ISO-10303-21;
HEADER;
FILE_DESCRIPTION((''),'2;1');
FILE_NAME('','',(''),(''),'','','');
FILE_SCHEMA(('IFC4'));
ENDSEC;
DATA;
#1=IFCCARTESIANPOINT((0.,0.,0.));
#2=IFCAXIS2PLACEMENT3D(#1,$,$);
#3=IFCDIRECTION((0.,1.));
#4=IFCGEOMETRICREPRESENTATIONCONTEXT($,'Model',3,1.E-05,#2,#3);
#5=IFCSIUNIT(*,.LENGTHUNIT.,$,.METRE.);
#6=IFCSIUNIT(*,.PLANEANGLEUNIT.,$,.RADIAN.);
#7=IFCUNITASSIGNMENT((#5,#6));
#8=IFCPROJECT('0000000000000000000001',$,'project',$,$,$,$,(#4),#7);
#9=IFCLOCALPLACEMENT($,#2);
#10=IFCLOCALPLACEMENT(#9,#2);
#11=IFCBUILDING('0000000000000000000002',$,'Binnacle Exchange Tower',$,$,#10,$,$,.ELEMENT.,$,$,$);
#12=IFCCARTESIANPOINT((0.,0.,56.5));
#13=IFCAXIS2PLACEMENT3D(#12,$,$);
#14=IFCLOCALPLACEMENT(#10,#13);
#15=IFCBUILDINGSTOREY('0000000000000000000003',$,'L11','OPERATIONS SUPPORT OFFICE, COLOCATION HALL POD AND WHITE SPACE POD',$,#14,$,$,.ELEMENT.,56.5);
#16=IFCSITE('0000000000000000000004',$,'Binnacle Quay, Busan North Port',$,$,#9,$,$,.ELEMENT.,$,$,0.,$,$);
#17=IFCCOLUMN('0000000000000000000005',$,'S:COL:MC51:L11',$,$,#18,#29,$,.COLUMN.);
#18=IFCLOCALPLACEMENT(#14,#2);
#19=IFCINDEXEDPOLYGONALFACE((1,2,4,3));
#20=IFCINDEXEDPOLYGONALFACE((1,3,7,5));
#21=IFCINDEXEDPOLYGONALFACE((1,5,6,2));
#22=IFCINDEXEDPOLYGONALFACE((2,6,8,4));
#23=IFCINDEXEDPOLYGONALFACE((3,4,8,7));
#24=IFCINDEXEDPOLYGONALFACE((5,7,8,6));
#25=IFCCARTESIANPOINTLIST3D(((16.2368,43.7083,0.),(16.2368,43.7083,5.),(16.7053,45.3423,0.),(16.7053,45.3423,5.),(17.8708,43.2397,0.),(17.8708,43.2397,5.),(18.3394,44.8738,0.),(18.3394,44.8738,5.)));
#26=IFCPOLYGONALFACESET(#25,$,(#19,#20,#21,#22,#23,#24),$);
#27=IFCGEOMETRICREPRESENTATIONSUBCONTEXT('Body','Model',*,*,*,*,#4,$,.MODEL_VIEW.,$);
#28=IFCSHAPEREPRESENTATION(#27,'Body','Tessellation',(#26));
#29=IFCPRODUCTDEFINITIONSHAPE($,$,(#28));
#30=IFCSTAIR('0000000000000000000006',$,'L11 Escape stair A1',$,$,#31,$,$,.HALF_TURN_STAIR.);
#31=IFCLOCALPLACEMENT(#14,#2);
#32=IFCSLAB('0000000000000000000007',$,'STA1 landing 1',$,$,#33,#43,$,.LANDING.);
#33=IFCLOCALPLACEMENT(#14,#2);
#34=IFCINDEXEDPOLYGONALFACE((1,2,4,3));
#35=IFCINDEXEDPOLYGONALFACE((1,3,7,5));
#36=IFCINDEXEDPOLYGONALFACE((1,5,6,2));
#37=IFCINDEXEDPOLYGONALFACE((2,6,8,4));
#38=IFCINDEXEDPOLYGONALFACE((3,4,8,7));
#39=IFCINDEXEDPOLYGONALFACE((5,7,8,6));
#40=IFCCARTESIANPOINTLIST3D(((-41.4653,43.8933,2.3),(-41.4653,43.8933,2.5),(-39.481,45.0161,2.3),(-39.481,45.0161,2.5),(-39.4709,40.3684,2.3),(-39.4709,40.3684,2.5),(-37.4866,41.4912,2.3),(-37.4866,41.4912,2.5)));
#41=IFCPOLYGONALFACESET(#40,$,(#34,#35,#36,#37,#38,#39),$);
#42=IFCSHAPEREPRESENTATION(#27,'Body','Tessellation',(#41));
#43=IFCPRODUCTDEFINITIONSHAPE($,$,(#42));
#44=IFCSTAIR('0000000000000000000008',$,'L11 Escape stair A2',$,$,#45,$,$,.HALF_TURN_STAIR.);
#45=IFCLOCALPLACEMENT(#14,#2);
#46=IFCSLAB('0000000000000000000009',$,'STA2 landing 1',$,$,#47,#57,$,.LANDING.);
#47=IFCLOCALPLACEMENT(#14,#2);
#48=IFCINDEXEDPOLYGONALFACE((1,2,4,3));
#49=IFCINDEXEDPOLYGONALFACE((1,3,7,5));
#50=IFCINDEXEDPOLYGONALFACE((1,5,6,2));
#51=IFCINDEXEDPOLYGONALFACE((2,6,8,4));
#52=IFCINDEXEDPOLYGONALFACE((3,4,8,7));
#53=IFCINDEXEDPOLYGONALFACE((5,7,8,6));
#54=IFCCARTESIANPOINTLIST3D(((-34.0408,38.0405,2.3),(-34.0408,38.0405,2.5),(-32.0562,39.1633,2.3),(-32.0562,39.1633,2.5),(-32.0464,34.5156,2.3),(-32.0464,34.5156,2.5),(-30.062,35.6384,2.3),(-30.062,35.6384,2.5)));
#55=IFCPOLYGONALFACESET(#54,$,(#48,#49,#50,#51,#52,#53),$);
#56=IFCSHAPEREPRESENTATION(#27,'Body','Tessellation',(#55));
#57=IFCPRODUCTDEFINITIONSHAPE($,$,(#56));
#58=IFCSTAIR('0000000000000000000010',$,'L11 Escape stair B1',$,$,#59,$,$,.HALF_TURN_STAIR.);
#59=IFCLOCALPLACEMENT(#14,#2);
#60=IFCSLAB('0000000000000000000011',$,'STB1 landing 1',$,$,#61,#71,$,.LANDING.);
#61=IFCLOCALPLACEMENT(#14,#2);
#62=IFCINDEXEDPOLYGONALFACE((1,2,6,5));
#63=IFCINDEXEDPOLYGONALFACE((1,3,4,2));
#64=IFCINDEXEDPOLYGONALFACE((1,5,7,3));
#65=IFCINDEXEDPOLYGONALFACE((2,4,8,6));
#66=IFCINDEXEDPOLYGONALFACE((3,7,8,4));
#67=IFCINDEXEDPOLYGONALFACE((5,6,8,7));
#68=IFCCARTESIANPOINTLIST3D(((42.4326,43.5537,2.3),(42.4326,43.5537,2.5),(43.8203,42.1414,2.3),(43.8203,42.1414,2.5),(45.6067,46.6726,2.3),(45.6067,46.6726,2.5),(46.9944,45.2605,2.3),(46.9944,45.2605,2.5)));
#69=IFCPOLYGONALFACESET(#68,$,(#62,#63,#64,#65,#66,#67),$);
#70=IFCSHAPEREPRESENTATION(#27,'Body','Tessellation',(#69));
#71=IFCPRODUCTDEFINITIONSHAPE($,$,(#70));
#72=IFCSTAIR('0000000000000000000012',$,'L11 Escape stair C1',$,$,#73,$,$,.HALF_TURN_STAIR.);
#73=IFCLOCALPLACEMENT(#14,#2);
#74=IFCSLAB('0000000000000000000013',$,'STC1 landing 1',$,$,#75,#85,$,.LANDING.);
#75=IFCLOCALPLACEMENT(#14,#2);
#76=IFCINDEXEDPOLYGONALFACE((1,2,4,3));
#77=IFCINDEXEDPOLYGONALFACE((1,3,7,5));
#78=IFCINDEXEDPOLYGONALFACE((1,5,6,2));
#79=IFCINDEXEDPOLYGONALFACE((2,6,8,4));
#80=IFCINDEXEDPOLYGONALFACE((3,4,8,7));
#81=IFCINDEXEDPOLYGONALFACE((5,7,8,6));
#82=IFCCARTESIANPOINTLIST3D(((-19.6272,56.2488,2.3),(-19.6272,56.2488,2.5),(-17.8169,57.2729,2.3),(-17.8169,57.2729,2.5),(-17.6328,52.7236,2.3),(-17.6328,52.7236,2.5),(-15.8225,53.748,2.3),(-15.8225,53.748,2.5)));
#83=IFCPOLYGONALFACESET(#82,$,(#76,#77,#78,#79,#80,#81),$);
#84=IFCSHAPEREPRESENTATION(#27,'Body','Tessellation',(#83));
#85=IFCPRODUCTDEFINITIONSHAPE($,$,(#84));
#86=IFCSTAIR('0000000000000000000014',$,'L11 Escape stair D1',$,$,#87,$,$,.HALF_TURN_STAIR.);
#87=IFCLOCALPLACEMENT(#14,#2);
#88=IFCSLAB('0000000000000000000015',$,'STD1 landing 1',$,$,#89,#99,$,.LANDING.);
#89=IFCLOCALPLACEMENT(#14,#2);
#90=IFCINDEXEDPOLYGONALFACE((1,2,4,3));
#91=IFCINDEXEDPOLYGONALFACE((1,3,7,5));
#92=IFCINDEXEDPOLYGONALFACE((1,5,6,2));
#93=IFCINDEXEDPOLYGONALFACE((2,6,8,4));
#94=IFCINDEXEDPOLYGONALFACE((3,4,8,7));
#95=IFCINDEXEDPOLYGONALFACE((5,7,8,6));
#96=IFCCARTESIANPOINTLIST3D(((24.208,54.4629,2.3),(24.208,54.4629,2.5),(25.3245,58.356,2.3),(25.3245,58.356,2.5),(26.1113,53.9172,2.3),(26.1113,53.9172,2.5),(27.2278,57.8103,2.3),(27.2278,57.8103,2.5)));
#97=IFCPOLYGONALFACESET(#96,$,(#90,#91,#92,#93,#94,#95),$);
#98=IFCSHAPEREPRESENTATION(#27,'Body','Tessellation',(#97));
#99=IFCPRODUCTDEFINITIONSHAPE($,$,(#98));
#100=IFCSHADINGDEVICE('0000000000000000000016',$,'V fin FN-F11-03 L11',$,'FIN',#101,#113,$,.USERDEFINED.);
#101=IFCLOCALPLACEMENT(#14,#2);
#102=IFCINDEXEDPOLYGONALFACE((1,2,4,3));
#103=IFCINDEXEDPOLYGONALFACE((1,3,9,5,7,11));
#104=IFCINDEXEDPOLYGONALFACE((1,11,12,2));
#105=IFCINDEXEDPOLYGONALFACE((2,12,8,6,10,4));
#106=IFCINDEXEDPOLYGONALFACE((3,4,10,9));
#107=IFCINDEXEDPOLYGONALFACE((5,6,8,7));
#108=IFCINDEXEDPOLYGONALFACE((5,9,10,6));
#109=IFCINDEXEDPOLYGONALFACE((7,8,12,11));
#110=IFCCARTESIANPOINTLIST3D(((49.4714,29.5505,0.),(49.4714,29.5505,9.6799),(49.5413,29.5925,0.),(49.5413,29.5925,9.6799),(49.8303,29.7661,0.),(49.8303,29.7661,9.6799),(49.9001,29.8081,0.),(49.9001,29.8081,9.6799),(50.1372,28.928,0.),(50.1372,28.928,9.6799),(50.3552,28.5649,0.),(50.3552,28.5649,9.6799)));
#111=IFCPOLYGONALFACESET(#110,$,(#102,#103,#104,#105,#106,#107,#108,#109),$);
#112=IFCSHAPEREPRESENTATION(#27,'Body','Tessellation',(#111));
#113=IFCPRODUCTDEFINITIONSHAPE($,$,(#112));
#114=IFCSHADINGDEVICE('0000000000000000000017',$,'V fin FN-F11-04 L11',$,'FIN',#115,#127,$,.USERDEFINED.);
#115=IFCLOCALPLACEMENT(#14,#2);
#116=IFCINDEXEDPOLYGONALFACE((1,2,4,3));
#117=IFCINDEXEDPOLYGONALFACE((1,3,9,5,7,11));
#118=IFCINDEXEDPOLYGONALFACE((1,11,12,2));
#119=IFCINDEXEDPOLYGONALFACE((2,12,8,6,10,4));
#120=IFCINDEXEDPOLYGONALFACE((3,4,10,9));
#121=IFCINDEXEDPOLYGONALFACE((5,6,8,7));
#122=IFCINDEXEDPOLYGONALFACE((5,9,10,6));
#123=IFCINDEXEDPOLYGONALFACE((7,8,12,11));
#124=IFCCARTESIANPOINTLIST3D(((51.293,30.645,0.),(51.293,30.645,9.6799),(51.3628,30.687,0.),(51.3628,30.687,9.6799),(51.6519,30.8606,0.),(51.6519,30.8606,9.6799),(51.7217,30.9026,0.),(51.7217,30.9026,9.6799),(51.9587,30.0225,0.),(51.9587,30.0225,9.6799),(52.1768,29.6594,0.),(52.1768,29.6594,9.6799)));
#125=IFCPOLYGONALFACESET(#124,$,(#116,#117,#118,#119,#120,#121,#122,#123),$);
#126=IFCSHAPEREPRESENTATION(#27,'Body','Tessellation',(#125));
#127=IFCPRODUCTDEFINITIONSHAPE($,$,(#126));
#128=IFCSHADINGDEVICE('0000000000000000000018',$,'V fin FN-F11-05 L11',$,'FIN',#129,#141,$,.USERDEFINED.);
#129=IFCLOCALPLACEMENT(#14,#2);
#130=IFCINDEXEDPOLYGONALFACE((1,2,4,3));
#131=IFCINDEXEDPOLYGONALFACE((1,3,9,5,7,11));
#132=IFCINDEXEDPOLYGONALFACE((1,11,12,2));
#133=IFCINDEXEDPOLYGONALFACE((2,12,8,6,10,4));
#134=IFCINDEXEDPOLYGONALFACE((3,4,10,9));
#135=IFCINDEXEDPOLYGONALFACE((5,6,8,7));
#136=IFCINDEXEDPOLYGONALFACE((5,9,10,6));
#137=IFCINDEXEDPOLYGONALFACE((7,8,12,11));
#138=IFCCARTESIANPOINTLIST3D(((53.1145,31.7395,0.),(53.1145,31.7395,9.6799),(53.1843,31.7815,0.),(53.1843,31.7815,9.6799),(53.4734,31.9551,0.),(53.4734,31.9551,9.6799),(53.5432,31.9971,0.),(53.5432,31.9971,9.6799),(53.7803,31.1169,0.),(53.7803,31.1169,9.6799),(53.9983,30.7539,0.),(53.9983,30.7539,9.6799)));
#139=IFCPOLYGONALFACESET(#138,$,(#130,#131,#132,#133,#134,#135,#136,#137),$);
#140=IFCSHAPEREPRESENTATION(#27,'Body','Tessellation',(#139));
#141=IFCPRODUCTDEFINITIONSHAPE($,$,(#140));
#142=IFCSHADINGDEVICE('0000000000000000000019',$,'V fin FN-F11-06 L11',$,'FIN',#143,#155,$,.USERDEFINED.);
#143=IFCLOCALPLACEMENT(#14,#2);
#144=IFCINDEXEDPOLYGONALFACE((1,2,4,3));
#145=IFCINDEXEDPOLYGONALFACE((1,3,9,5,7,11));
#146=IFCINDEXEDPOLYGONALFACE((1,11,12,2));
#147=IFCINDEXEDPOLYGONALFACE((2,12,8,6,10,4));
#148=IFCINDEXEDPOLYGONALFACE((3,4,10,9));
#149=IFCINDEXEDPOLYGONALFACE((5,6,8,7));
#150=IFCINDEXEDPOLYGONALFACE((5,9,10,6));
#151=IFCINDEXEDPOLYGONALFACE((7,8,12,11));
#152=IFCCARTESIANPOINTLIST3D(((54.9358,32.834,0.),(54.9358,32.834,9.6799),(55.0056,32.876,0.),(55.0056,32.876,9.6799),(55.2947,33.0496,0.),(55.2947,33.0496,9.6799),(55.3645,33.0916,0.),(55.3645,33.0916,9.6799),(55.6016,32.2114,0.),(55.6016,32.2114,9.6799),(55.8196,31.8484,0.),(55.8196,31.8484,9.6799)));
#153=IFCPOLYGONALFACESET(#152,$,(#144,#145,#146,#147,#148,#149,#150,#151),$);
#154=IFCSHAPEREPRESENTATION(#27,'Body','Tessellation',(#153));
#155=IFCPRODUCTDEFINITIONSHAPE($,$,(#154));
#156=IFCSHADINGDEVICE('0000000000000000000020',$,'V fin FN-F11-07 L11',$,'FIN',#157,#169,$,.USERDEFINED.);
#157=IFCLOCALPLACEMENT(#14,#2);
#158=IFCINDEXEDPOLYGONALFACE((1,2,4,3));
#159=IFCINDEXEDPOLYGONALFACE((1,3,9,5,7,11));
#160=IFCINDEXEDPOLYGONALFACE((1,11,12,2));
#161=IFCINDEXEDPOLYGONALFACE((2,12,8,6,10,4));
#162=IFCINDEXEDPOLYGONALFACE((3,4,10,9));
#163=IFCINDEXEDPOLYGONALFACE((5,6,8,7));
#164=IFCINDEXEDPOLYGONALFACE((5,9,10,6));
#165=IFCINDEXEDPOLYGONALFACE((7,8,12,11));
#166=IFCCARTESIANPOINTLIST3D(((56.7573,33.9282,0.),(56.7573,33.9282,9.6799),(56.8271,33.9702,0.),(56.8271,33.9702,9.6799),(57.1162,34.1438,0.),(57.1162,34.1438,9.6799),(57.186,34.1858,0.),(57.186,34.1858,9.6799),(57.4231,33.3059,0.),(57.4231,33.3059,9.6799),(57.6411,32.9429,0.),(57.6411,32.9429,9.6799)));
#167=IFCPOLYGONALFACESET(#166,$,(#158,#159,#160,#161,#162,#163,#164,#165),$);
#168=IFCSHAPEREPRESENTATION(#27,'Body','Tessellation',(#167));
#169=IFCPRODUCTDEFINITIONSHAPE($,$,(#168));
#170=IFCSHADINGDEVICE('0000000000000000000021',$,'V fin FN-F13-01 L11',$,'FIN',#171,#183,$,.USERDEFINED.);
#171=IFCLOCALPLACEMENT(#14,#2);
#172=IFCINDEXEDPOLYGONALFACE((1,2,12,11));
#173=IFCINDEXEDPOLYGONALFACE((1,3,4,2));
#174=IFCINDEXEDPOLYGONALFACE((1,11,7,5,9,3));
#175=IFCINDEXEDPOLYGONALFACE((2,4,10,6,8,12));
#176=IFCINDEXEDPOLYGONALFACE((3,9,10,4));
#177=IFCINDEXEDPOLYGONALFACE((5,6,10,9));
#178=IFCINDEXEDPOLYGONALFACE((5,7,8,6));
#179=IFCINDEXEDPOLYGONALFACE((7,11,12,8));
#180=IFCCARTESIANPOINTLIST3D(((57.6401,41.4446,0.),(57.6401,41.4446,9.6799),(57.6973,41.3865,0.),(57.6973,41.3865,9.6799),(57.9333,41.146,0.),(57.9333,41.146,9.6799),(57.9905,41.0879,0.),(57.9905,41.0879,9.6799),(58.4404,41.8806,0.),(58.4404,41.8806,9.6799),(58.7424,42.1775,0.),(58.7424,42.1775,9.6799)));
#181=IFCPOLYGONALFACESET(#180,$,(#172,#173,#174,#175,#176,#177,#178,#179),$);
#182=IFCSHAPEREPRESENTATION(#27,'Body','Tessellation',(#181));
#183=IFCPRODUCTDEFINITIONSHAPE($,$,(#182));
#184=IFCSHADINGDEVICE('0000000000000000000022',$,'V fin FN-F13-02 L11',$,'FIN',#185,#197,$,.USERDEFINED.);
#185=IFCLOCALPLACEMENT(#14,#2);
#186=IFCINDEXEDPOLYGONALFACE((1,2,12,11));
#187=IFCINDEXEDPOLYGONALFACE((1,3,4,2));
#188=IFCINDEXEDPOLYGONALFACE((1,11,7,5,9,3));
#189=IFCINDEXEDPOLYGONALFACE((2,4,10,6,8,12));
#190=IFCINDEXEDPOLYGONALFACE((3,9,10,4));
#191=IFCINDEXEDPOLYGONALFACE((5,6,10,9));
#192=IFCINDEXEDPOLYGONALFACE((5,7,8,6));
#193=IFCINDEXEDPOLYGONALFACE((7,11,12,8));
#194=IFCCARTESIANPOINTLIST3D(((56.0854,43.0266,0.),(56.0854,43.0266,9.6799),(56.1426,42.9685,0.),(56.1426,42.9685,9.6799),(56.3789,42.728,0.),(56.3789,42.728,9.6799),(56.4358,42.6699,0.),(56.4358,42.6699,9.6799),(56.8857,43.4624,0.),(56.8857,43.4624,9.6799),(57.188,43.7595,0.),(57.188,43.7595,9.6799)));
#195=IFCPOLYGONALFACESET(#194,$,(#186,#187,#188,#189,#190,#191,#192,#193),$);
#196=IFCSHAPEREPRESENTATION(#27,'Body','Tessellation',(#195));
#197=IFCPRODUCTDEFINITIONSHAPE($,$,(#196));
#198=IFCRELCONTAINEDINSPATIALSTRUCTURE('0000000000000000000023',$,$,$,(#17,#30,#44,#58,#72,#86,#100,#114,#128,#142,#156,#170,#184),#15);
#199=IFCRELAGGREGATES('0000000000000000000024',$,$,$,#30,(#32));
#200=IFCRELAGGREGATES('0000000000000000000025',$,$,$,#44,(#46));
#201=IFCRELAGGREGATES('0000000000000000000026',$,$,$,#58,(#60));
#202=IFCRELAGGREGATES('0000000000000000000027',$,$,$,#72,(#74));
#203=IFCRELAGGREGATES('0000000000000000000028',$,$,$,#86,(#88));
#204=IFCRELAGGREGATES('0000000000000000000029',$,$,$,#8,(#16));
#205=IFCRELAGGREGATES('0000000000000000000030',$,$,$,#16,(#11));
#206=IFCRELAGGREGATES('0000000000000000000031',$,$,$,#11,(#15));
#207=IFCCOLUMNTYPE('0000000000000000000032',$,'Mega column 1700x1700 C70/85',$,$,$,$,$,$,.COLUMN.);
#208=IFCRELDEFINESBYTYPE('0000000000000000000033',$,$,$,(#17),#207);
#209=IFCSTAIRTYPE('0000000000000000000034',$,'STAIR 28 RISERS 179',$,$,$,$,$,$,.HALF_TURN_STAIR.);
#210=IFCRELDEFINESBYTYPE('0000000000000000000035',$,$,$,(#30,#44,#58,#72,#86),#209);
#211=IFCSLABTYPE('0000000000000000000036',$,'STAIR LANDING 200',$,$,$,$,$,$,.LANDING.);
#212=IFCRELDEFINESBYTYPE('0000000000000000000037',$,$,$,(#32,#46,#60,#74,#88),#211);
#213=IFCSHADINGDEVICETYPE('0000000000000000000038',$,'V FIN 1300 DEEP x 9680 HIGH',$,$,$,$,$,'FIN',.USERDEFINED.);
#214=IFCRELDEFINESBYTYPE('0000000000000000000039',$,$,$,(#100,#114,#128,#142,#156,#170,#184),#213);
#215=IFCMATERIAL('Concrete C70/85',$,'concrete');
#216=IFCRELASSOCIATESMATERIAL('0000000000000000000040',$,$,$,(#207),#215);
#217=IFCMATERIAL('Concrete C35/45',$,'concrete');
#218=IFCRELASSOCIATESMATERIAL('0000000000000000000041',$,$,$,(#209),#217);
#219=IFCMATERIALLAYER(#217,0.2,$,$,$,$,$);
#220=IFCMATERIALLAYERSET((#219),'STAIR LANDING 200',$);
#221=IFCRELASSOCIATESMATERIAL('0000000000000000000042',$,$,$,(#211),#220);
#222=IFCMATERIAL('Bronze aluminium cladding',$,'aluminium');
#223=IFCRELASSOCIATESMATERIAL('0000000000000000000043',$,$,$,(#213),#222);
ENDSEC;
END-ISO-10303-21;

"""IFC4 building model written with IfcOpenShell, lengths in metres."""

from ifc_helpers import new_model, si_unit, direction, frame, origin, origin_2d, place, context, subcontext, project, spatial, polyline, rectangle, outline, extrude, material, layer, layer_set, material_profile, profile_set, type_object, element, aggregate, save


model = new_model("IFC4")

# Units and contexts
model_context = context("Model", 3, precision=1e-05, world=origin(), true_north=direction((0.0, 1.0)))
body_context = subcontext(model_context, "Body", "Model", "MODEL_VIEW")
ifc_project = project(units=[si_unit("LENGTHUNIT", "METRE"), si_unit("PLANEANGLEUNIT", "RADIAN")], contexts=[model_context])

# Site, building, storey
site_placement = place(None, origin())
site = spatial("IfcSite", under=ifc_project, at=site_placement, Name="Binnacle Quay, Busan North Port", CompositionType="ELEMENT", RefElevation=0.0)
building_placement = place(site_placement, origin())
building = spatial("IfcBuilding", under=site, at=building_placement, Name="Binnacle Exchange Tower", CompositionType="ELEMENT")
storey_placement = place(building_placement, frame((0.0, 0.0, 56.5)))
storey = spatial("IfcBuildingStorey", under=building, at=storey_placement, Name="L11", Description="OPERATIONS SUPPORT OFFICE, COLOCATION HALL POD AND WHITE SPACE POD", CompositionType="ELEMENT", Elevation=56.5)

# Column
ifc_material_1 = material(Name="Concrete C70/85", Category="concrete")
ifc_material_profile = material_profile(ifc_material_1, rectangle(XDim=1.7, YDim=1.7, at=origin_2d()), Name="Mega column 1700x1700 C70/85")
ifc_profile_set = profile_set([ifc_material_profile], Name="Concrete C70/85")
column_type = type_object("IfcColumnType", Name="Mega column 1700x1700 C70/85", PredefinedType="COLUMN", material=ifc_profile_set)
column_placement = place(storey_placement, frame((17.2881, 44.291, 0.0), z_axis=(0.0, 0.0, 1.0), x_axis=(0.961262, -0.275637, 0.0)))
element("IfcColumn", 1, at=column_placement, inside=storey, type_object=column_type, Name="S:COL:MC51:L11", PredefinedType="COLUMN", context=body_context, shape_type="SweptSolid", body=[
    extrude(rectangle(XDim=1.7, YDim=1.7, at=origin_2d()), origin(), (0.0, 0.0, 1.0), 5.0),
])

# Stairs, slabs
ifc_material_2 = material(Name="Concrete C35/45", Category="concrete")
stair_type = type_object("IfcStairType", Name="STAIR 28 RISERS 179", PredefinedType="HALF_TURN_STAIR", material=ifc_material_2)
stair_1_placement = place(storey_placement, origin())
stair_1 = element("IfcStair", 2, at=stair_1_placement, inside=storey, type_object=stair_type, Name="L11 Escape stair A1", PredefinedType="HALF_TURN_STAIR")
ifc_layer = layer(ifc_material_2, 0.2)
ifc_layer_set = layer_set([ifc_layer], Name="STAIR LANDING 200")
slab_type = type_object("IfcSlabType", Name="STAIR LANDING 200", PredefinedType="LANDING", material=ifc_layer_set)
slab_1_placement = place(storey_placement, frame((0.0, 0.0, 2.3)))
slab_1 = element("IfcSlab", 3, at=slab_1_placement, type_object=slab_type, Name="STA1 landing 1", PredefinedType="LANDING", context=body_context, shape_type="SweptSolid", body=[
    extrude(outline(polyline([(-39.4709, 40.3684), (-37.4866, 41.4912), (-39.481, 45.0161), (-41.4653, 43.8933), (-39.4709, 40.3684)])), origin(), (0.0, 0.0, 1.0), 0.2),
])
aggregate(stair_1, [slab_1])
stair_2_placement = place(storey_placement, origin())
stair_2 = element("IfcStair", 4, at=stair_2_placement, inside=storey, type_object=stair_type, Name="L11 Escape stair A2", PredefinedType="HALF_TURN_STAIR")
slab_2_placement = place(storey_placement, frame((0.0, 0.0, 2.3)))
slab_2 = element("IfcSlab", 5, at=slab_2_placement, type_object=slab_type, Name="STA2 landing 1", PredefinedType="LANDING", context=body_context, shape_type="SweptSolid", body=[
    extrude(outline(polyline([(-32.0562, 39.1633), (-34.0408, 38.0405), (-32.0464, 34.5156), (-30.062, 35.6384), (-32.0562, 39.1633)])), origin(), (0.0, 0.0, 1.0), 0.2),
])
aggregate(stair_2, [slab_2])
stair_3_placement = place(storey_placement, origin())
stair_3 = element("IfcStair", 6, at=stair_3_placement, inside=storey, type_object=stair_type, Name="L11 Escape stair B1", PredefinedType="HALF_TURN_STAIR")
slab_3_placement = place(storey_placement, frame((0.0, 0.0, 2.3)))
slab_3 = element("IfcSlab", 7, at=slab_3_placement, type_object=slab_type, Name="STB1 landing 1", PredefinedType="LANDING", context=body_context, shape_type="SweptSolid", body=[
    extrude(outline(polyline([(42.4326, 43.5537), (43.8203, 42.1414), (46.9944, 45.2605), (45.6067, 46.6726), (42.4326, 43.5537)])), origin(), (0.0, 0.0, 1.0), 0.2),
])
aggregate(stair_3, [slab_3])
stair_4_placement = place(storey_placement, origin())
stair_4 = element("IfcStair", 8, at=stair_4_placement, inside=storey, type_object=stair_type, Name="L11 Escape stair C1", PredefinedType="HALF_TURN_STAIR")
slab_4_placement = place(storey_placement, frame((0.0, 0.0, 2.3)))
slab_4 = element("IfcSlab", 9, at=slab_4_placement, type_object=slab_type, Name="STC1 landing 1", PredefinedType="LANDING", context=body_context, shape_type="SweptSolid", body=[
    extrude(outline(polyline([(-17.6328, 52.7236), (-15.8225, 53.748), (-17.8169, 57.2729), (-19.6272, 56.2488), (-17.6328, 52.7236)])), origin(), (0.0, 0.0, 1.0), 0.2),
])
aggregate(stair_4, [slab_4])
stair_5_placement = place(storey_placement, origin())
stair_5 = element("IfcStair", 10, at=stair_5_placement, inside=storey, type_object=stair_type, Name="L11 Escape stair D1", PredefinedType="HALF_TURN_STAIR")
slab_5_placement = place(storey_placement, frame((0.0, 0.0, 2.3)))
slab_5 = element("IfcSlab", 11, at=slab_5_placement, type_object=slab_type, Name="STD1 landing 1", PredefinedType="LANDING", context=body_context, shape_type="SweptSolid", body=[
    extrude(outline(polyline([(24.208, 54.4629), (26.1113, 53.9172), (27.2278, 57.8103), (25.3245, 58.356), (24.208, 54.4629)])), origin(), (0.0, 0.0, 1.0), 0.2),
])
aggregate(stair_5, [slab_5])

# Shading devices
ifc_material_3 = material(Name="Bronze aluminium cladding", Category="aluminium")
shading_device_type = type_object("IfcShadingDeviceType", Name="V FIN 1300 DEEP x 9680 HIGH", ElementType="FIN", PredefinedType="USERDEFINED", material=ifc_material_3)
shading_device_1_placement = place(storey_placement, origin())
element("IfcShadingDevice", 12, at=shading_device_1_placement, inside=storey, type_object=shading_device_type, Name="V fin FN-F11-03 L11", ObjectType="FIN", PredefinedType="USERDEFINED", context=body_context, shape_type="SweptSolid", body=[
    extrude(outline(polyline([(49.4714, 29.5505), (50.3552, 28.5649), (49.9001, 29.8081), (49.8303, 29.7661), (50.1372, 28.928), (49.5413, 29.5925), (49.4714, 29.5505)])), origin(), (0.0, 0.0, 1.0), 9.6799),
])
shading_device_2_placement = place(storey_placement, origin())
element("IfcShadingDevice", 13, at=shading_device_2_placement, inside=storey, type_object=shading_device_type, Name="V fin FN-F11-04 L11", ObjectType="FIN", PredefinedType="USERDEFINED", context=body_context, shape_type="SweptSolid", body=[
    extrude(outline(polyline([(51.293, 30.645), (52.1768, 29.6594), (51.7217, 30.9026), (51.6519, 30.8606), (51.9587, 30.0225), (51.3628, 30.687), (51.293, 30.645)])), origin(), (0.0, 0.0, 1.0), 9.6799),
])
shading_device_3_placement = place(storey_placement, origin())
element("IfcShadingDevice", 14, at=shading_device_3_placement, inside=storey, type_object=shading_device_type, Name="V fin FN-F11-05 L11", ObjectType="FIN", PredefinedType="USERDEFINED", context=body_context, shape_type="SweptSolid", body=[
    extrude(outline(polyline([(53.1145, 31.7395), (53.9983, 30.7539), (53.5432, 31.9971), (53.4734, 31.9551), (53.7803, 31.1169), (53.1843, 31.7815), (53.1145, 31.7395)])), origin(), (0.0, 0.0, 1.0), 9.6799),
])
shading_device_4_placement = place(storey_placement, origin())
element("IfcShadingDevice", 15, at=shading_device_4_placement, inside=storey, type_object=shading_device_type, Name="V fin FN-F11-06 L11", ObjectType="FIN", PredefinedType="USERDEFINED", context=body_context, shape_type="SweptSolid", body=[
    extrude(outline(polyline([(54.9358, 32.834), (55.8196, 31.8484), (55.3645, 33.0916), (55.2947, 33.0496), (55.6016, 32.2114), (55.0056, 32.876), (54.9358, 32.834)])), origin(), (0.0, 0.0, 1.0), 9.6799),
])
shading_device_5_placement = place(storey_placement, origin())
element("IfcShadingDevice", 16, at=shading_device_5_placement, inside=storey, type_object=shading_device_type, Name="V fin FN-F11-07 L11", ObjectType="FIN", PredefinedType="USERDEFINED", context=body_context, shape_type="SweptSolid", body=[
    extrude(outline(polyline([(56.7573, 33.9282), (57.6411, 32.9429), (57.186, 34.1858), (57.1162, 34.1438), (57.4231, 33.3059), (56.8271, 33.9702), (56.7573, 33.9282)])), origin(), (0.0, 0.0, 1.0), 9.6799),
])
shading_device_6_placement = place(storey_placement, origin())
element("IfcShadingDevice", 17, at=shading_device_6_placement, inside=storey, type_object=shading_device_type, Name="V fin FN-F13-01 L11", ObjectType="FIN", PredefinedType="USERDEFINED", context=body_context, shape_type="SweptSolid", body=[
    extrude(outline(polyline([(57.9905, 41.0879), (58.7424, 42.1775), (57.6401, 41.4446), (57.6973, 41.3865), (58.4404, 41.8806), (57.9333, 41.146), (57.9905, 41.0879)])), origin(), (0.0, 0.0, 1.0), 9.6799),
])
shading_device_7_placement = place(storey_placement, origin())
element("IfcShadingDevice", 18, at=shading_device_7_placement, inside=storey, type_object=shading_device_type, Name="V fin FN-F13-02 L11", ObjectType="FIN", PredefinedType="USERDEFINED", context=body_context, shape_type="SweptSolid", body=[
    extrude(outline(polyline([(56.4358, 42.6699), (57.188, 43.7595), (56.0854, 43.0266), (56.1426, 42.9685), (56.8857, 43.4624), (56.3789, 42.728), (56.4358, 42.6699)])), origin(), (0.0, 0.0, 1.0), 9.6799),
])

save(model, "model.ifc")
